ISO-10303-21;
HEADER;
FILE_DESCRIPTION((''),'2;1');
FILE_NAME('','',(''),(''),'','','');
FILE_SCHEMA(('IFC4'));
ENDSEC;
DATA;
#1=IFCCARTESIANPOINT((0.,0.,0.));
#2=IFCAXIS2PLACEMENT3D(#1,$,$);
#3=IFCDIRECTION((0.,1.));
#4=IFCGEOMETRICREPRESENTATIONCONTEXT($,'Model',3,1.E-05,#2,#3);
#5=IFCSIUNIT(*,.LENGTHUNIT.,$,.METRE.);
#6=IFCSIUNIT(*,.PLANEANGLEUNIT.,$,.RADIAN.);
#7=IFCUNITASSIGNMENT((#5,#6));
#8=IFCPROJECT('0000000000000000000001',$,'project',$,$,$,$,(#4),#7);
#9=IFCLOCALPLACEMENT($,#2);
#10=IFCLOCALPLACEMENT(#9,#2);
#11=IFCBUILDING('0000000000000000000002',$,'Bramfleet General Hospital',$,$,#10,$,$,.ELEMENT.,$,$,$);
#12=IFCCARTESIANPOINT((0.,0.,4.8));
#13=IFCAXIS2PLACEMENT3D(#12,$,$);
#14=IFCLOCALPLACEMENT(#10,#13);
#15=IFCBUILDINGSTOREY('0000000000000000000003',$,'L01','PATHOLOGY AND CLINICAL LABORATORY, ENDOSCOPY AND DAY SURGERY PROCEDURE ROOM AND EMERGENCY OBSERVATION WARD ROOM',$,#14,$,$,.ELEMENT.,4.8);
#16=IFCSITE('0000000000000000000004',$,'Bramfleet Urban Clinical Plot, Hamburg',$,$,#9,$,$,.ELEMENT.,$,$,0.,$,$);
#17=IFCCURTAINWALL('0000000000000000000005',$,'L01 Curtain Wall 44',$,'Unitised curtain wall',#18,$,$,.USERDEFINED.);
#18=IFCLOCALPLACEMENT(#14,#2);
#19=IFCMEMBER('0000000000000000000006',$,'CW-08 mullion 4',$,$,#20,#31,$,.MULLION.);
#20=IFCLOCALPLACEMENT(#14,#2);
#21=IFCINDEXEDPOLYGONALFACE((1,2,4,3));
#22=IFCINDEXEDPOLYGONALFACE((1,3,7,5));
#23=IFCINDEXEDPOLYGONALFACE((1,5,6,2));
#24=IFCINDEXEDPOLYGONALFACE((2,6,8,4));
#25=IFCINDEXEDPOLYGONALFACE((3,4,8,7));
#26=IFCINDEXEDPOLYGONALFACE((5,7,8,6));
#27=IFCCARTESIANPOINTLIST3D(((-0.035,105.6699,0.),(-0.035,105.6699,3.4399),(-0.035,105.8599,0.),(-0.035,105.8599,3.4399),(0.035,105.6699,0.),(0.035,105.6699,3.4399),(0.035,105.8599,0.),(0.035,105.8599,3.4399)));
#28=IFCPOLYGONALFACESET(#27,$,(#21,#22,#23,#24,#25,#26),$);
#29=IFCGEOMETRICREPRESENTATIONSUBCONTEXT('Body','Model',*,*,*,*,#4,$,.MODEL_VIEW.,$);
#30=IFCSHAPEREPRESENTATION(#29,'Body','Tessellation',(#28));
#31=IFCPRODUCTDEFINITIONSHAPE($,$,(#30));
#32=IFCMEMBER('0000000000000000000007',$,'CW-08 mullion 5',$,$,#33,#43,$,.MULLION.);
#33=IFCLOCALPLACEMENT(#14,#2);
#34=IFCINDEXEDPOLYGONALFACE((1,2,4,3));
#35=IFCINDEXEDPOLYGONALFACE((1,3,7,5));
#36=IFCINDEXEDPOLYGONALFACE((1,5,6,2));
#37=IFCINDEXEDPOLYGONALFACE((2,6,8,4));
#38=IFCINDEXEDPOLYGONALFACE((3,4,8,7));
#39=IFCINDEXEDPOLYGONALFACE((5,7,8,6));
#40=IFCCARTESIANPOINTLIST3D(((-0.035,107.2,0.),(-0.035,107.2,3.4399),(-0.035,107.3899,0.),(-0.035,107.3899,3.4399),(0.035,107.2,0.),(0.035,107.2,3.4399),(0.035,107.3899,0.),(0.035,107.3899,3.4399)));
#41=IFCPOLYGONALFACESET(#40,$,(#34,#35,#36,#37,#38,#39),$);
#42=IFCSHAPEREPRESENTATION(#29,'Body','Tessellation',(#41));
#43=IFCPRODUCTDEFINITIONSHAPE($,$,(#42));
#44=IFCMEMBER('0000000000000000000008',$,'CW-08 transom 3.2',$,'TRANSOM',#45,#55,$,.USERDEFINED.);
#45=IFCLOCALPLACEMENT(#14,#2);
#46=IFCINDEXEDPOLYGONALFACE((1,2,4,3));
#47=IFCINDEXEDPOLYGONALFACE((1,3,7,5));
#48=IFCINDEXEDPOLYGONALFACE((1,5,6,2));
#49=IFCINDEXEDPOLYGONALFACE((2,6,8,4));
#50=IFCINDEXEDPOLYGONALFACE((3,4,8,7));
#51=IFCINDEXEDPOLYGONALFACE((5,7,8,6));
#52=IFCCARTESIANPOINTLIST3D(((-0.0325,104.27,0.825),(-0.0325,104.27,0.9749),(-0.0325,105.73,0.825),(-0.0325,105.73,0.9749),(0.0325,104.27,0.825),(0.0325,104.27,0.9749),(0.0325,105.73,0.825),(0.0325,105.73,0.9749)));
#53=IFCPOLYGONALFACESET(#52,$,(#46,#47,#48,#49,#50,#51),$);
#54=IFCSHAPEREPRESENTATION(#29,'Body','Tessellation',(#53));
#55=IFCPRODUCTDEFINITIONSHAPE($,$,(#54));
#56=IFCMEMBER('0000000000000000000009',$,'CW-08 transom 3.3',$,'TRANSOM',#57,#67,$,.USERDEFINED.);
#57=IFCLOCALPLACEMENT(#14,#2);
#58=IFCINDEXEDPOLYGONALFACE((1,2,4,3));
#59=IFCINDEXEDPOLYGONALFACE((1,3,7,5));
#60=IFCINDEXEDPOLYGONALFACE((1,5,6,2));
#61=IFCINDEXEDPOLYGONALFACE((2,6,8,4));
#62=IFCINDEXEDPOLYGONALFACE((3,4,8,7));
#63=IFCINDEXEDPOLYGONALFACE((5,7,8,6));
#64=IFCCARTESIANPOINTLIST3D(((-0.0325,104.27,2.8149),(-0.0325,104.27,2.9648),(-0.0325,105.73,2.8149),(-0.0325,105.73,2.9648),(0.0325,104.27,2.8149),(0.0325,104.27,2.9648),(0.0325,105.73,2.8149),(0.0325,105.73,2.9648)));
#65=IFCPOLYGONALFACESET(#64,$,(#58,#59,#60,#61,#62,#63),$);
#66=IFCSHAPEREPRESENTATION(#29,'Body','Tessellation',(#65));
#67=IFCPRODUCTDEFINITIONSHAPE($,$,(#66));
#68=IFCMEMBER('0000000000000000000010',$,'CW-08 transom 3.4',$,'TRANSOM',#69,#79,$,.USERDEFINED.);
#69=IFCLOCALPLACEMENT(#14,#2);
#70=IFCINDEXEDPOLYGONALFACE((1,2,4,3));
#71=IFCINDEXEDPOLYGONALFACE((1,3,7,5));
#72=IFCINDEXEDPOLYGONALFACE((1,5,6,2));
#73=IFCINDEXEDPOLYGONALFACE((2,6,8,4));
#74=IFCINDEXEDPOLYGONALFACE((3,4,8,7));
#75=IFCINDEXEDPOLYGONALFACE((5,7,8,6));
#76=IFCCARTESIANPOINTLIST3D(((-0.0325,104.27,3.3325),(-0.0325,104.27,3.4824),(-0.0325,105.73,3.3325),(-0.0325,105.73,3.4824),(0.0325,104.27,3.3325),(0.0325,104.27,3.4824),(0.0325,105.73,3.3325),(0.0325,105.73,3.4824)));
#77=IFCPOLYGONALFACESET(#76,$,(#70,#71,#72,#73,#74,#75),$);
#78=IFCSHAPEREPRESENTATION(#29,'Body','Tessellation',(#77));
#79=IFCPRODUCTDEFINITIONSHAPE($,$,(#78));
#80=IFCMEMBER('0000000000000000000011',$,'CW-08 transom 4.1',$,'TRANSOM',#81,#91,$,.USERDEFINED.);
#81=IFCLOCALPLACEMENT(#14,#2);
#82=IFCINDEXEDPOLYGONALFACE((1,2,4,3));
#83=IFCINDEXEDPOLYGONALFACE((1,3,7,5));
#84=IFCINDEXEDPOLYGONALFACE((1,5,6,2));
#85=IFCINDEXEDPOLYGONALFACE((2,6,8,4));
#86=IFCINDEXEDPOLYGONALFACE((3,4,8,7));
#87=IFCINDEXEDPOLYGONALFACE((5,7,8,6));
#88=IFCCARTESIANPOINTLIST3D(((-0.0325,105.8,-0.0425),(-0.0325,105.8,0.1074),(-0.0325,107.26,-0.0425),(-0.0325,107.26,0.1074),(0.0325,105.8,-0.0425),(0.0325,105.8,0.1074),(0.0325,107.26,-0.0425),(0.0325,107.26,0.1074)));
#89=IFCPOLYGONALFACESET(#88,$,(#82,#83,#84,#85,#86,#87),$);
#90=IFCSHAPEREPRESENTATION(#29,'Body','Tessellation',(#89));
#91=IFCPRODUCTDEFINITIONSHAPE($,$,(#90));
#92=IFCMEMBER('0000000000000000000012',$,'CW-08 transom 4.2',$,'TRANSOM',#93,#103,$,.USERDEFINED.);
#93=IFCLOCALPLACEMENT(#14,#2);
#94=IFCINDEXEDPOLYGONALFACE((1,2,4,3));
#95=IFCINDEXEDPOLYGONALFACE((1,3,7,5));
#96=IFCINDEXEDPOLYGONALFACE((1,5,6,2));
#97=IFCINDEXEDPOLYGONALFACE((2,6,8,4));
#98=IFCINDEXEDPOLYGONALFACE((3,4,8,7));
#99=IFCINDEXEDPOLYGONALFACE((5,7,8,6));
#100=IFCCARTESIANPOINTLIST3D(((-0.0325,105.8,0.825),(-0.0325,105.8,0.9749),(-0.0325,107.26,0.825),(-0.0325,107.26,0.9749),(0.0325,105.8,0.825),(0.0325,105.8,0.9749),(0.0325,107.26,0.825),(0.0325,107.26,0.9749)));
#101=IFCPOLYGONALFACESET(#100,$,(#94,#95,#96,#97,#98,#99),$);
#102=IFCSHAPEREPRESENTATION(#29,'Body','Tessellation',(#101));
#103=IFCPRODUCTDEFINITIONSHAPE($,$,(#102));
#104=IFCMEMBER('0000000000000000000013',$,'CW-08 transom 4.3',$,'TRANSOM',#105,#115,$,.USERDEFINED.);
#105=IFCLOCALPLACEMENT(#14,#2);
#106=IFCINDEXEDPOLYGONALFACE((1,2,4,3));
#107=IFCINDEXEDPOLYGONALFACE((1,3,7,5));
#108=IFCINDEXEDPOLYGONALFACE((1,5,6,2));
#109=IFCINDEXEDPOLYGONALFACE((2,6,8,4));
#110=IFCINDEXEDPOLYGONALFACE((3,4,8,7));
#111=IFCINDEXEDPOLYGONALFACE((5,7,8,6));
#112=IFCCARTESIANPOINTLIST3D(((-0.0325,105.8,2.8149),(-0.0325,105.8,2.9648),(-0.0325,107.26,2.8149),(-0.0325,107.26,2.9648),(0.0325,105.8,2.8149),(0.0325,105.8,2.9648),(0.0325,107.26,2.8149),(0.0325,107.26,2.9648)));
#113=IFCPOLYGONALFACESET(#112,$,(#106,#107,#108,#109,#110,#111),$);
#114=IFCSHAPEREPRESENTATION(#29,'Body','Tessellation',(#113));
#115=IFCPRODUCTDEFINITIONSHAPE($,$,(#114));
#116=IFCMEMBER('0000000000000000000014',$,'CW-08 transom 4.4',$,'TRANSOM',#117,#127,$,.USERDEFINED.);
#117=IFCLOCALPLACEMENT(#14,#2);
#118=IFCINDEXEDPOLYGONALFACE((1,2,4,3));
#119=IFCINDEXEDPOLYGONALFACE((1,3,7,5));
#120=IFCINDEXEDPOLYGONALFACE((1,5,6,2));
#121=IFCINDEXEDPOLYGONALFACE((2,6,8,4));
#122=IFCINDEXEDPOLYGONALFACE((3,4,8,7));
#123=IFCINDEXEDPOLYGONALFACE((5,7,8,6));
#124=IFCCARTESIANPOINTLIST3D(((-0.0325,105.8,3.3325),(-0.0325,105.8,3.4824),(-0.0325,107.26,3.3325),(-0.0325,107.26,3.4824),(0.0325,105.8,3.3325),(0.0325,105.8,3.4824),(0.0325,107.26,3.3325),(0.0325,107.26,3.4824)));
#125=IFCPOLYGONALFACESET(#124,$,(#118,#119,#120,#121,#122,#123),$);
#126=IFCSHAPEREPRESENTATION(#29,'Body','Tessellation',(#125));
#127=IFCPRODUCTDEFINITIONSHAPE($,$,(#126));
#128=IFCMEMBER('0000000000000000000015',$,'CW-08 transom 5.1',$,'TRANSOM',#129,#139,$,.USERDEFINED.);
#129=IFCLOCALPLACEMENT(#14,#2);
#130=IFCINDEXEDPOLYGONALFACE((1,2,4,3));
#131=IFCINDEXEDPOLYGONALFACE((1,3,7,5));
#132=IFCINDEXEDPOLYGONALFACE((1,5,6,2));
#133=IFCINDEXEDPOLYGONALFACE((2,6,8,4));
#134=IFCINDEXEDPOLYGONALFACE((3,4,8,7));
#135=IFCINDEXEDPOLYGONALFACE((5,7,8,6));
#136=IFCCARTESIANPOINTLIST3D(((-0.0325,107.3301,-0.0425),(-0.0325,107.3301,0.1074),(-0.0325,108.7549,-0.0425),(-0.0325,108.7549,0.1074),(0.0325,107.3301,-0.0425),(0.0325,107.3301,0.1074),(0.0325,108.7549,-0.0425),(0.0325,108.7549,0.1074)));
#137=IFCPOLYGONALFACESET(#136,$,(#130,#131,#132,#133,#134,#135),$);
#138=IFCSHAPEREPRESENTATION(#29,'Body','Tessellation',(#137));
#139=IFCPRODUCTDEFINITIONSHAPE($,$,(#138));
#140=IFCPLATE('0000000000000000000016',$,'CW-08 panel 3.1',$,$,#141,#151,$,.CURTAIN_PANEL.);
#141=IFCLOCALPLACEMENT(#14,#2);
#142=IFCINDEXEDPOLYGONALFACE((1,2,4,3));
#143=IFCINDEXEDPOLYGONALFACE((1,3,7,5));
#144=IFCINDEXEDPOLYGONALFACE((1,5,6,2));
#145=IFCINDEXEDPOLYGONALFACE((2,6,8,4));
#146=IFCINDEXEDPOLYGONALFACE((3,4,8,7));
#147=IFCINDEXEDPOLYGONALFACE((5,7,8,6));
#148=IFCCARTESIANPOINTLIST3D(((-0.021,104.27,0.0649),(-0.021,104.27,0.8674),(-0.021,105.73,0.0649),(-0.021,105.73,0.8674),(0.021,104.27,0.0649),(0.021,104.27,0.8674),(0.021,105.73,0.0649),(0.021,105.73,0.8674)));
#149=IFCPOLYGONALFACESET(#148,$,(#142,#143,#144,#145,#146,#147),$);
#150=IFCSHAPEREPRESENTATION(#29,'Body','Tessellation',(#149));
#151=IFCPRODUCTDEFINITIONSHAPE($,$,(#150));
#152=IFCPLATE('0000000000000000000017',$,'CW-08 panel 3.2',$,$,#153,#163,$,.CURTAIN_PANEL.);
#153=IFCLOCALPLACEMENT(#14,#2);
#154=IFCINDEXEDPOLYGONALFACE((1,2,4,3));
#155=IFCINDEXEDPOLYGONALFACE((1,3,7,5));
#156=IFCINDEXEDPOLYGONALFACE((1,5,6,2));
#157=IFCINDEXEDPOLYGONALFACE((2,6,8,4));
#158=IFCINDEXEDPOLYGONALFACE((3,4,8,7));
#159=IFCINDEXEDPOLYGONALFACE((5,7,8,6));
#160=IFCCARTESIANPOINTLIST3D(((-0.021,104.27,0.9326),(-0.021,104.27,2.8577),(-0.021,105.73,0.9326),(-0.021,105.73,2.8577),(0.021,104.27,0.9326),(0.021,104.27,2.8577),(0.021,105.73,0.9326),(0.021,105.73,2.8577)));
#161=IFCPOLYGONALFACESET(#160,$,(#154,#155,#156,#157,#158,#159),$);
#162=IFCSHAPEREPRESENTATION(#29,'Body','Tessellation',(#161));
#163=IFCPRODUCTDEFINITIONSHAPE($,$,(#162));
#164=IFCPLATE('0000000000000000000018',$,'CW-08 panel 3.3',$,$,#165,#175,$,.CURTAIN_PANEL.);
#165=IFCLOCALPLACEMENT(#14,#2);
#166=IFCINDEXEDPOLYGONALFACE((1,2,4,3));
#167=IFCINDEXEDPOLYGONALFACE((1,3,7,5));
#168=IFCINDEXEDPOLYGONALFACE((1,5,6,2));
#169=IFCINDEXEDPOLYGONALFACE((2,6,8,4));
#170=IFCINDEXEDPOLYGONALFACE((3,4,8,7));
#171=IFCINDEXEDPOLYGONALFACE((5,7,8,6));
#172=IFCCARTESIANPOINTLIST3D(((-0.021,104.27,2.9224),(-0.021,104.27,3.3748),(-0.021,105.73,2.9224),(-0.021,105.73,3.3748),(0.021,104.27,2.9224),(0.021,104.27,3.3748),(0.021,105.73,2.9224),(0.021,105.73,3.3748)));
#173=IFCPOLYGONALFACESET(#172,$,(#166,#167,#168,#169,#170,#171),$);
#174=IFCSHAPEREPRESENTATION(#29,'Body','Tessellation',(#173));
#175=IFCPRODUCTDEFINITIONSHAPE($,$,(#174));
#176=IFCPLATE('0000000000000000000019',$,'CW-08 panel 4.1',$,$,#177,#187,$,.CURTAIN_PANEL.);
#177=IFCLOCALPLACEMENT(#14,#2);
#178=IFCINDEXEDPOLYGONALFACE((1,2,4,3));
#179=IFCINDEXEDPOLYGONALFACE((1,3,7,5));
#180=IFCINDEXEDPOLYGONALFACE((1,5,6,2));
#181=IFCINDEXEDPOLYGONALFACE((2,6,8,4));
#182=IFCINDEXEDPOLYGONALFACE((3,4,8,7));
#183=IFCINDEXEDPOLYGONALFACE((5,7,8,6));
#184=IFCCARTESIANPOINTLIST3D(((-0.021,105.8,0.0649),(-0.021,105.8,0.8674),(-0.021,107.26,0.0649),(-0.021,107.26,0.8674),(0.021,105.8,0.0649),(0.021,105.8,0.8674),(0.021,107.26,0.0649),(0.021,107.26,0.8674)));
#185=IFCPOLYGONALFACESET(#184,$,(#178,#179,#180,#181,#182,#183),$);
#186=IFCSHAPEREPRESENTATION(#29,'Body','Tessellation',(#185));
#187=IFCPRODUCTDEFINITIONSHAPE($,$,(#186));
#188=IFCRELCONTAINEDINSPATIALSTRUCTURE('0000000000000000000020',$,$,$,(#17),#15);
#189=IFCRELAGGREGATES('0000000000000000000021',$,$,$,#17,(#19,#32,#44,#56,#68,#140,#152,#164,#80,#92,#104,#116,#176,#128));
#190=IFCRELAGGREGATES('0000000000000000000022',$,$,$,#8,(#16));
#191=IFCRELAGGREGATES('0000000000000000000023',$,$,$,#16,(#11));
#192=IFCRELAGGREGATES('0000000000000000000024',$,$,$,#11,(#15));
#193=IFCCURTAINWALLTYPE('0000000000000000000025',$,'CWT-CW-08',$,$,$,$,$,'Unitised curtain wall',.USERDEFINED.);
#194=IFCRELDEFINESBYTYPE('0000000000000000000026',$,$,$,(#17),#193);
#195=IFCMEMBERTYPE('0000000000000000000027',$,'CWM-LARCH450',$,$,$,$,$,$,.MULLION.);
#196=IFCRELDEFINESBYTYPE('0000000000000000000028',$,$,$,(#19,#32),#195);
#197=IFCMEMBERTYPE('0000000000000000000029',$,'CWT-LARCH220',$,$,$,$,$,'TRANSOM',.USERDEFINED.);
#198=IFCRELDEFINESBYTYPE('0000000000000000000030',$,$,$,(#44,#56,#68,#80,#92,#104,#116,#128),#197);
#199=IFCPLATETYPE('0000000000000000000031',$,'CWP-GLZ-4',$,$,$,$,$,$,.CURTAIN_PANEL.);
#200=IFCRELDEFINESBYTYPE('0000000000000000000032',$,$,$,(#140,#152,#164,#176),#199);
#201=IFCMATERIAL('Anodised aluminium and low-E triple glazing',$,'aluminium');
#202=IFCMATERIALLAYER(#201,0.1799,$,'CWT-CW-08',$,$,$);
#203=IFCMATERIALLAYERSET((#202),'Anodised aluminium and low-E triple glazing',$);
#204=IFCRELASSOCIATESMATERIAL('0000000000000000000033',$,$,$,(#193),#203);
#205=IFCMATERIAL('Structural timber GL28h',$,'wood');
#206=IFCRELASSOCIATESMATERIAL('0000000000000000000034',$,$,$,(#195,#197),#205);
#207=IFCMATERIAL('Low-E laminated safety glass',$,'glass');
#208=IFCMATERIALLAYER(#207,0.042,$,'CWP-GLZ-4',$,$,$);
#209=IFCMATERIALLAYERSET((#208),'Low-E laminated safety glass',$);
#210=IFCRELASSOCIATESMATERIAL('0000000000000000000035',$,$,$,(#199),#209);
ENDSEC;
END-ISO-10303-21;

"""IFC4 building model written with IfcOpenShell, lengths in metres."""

from ifc_helpers import new_model, si_unit, direction, frame, origin, origin_2d, place, context, subcontext, project, spatial, rectangle, extrude, material, layer, layer_set, material_profile, profile_set, type_object, element, aggregate, save


model = new_model("IFC4")

# Units and contexts
model_context = context("Model", 3, precision=1e-05, world=origin(), true_north=direction((0.0, 1.0)))
body_context = subcontext(model_context, "Body", "Model", "MODEL_VIEW")
ifc_project = project(units=[si_unit("LENGTHUNIT", "METRE"), si_unit("PLANEANGLEUNIT", "RADIAN")], contexts=[model_context])

# Site, building, storey
site_placement = place(None, origin())
site = spatial("IfcSite", under=ifc_project, at=site_placement, Name="Bramfleet Urban Clinical Plot, Hamburg", CompositionType="ELEMENT", RefElevation=0.0)
building_placement = place(site_placement, origin())
building = spatial("IfcBuilding", under=site, at=building_placement, Name="Bramfleet General Hospital", CompositionType="ELEMENT")
storey_placement = place(building_placement, frame((0.0, 0.0, 4.8)))
storey = spatial("IfcBuildingStorey", under=building, at=storey_placement, Name="L01", Description="PATHOLOGY AND CLINICAL LABORATORY, ENDOSCOPY AND DAY SURGERY PROCEDURE ROOM AND EMERGENCY OBSERVATION WARD ROOM", CompositionType="ELEMENT", Elevation=4.8)

# Curtain wall, members, plates
ifc_material_1 = material(Name="Anodised aluminium and low-E triple glazing", Category="aluminium")
ifc_layer_1 = layer(ifc_material_1, 0.1799, Name="CWT-CW-08")
ifc_layer_set_1 = layer_set([ifc_layer_1], Name="Anodised aluminium and low-E triple glazing")
curtain_wall_type = type_object("IfcCurtainWallType", Name="CWT-CW-08", ElementType="Unitised curtain wall", PredefinedType="USERDEFINED", material=ifc_layer_set_1)
curtain_wall_placement = place(storey_placement, origin())
curtain_wall = element("IfcCurtainWall", 1, at=curtain_wall_placement, inside=storey, type_object=curtain_wall_type, Name="L01 Curtain Wall 44", ObjectType="Unitised curtain wall", PredefinedType="USERDEFINED")
ifc_material_2 = material(Name="Structural timber GL28h", Category="wood")
ifc_material_profile_1 = material_profile(ifc_material_2, rectangle(XDim=0.0701, YDim=0.1899, at=origin_2d()), Name="LARCH 190x70")
ifc_profile_set_1 = profile_set([ifc_material_profile_1], Name="Structural timber GL28h")
member_type_1 = type_object("IfcMemberType", Name="CWM-LARCH450", PredefinedType="MULLION", material=ifc_profile_set_1)
member_1_placement = place(storey_placement, frame((0.0, 105.7649, 0.0), z_axis=(0.0, 0.0, 1.0), x_axis=(-1.0, 0.0, 0.0)))
member_1 = element("IfcMember", 2, at=member_1_placement, type_object=member_type_1, Name="CW-08 mullion 4", PredefinedType="MULLION", context=body_context, shape_type="SweptSolid", body=[
    extrude(rectangle(XDim=0.0701, YDim=0.1899, at=origin_2d()), origin(), (0.0, 0.0, 1.0), 3.4399),
])
member_2_placement = place(storey_placement, frame((0.0, 107.2949, 0.0), z_axis=(0.0, 0.0, 1.0), x_axis=(-1.0, 0.0, 0.0)))
member_2 = element("IfcMember", 3, at=member_2_placement, type_object=member_type_1, Name="CW-08 mullion 5", PredefinedType="MULLION", context=body_context, shape_type="SweptSolid", body=[
    extrude(rectangle(XDim=0.0701, YDim=0.1899, at=origin_2d()), origin(), (0.0, 0.0, 1.0), 3.4399),
])
ifc_material_profile_2 = material_profile(ifc_material_2, rectangle(XDim=0.0649, YDim=0.1499, at=origin_2d()), Name="LARCH 150x65")
ifc_profile_set_2 = profile_set([ifc_material_profile_2], Name="Structural timber GL28h")
member_type_2 = type_object("IfcMemberType", Name="CWT-LARCH220", ElementType="TRANSOM", PredefinedType="USERDEFINED", material=ifc_profile_set_2)
member_3_placement = place(storey_placement, frame((0.0, 104.27, 0.8999), z_axis=(0.0, 1.0, 0.0), x_axis=(-1.0, 0.0, 0.0)))
member_3 = element("IfcMember", 4, at=member_3_placement, type_object=member_type_2, Name="CW-08 transom 3.2", ObjectType="TRANSOM", PredefinedType="USERDEFINED", context=body_context, shape_type="SweptSolid", body=[
    extrude(rectangle(XDim=0.0649, YDim=0.1499, at=origin_2d()), origin(), (0.0, 0.0, 1.0), 1.46),
])
member_4_placement = place(storey_placement, frame((0.0, 104.27, 2.8899), z_axis=(0.0, 1.0, 0.0), x_axis=(-1.0, 0.0, 0.0)))
member_4 = element("IfcMember", 5, at=member_4_placement, type_object=member_type_2, Name="CW-08 transom 3.3", ObjectType="TRANSOM", PredefinedType="USERDEFINED", context=body_context, shape_type="SweptSolid", body=[
    extrude(rectangle(XDim=0.0649, YDim=0.1499, at=origin_2d()), origin(), (0.0, 0.0, 1.0), 1.46),
])
member_5_placement = place(storey_placement, frame((0.0, 104.27, 3.4075), z_axis=(0.0, 1.0, 0.0), x_axis=(-1.0, 0.0, 0.0)))
member_5 = element("IfcMember", 6, at=member_5_placement, type_object=member_type_2, Name="CW-08 transom 3.4", ObjectType="TRANSOM", PredefinedType="USERDEFINED", context=body_context, shape_type="SweptSolid", body=[
    extrude(rectangle(XDim=0.0649, YDim=0.1499, at=origin_2d()), origin(), (0.0, 0.0, 1.0), 1.46),
])
member_6_placement = place(storey_placement, frame((0.0, 105.8, 0.0325), z_axis=(0.0, 1.0, 0.0), x_axis=(-1.0, 0.0, 0.0)))
member_6 = element("IfcMember", 7, at=member_6_placement, type_object=member_type_2, Name="CW-08 transom 4.1", ObjectType="TRANSOM", PredefinedType="USERDEFINED", context=body_context, shape_type="SweptSolid", body=[
    extrude(rectangle(XDim=0.0649, YDim=0.1499, at=origin_2d()), origin(), (0.0, 0.0, 1.0), 1.46),
])
member_7_placement = place(storey_placement, frame((0.0, 105.8, 0.8999), z_axis=(0.0, 1.0, 0.0), x_axis=(-1.0, 0.0, 0.0)))
member_7 = element("IfcMember", 8, at=member_7_placement, type_object=member_type_2, Name="CW-08 transom 4.2", ObjectType="TRANSOM", PredefinedType="USERDEFINED", context=body_context, shape_type="SweptSolid", body=[
    extrude(rectangle(XDim=0.0649, YDim=0.1499, at=origin_2d()), origin(), (0.0, 0.0, 1.0), 1.46),
])
member_8_placement = place(storey_placement, frame((0.0, 105.8, 2.8899), z_axis=(0.0, 1.0, 0.0), x_axis=(-1.0, 0.0, 0.0)))
member_8 = element("IfcMember", 9, at=member_8_placement, type_object=member_type_2, Name="CW-08 transom 4.3", ObjectType="TRANSOM", PredefinedType="USERDEFINED", context=body_context, shape_type="SweptSolid", body=[
    extrude(rectangle(XDim=0.0649, YDim=0.1499, at=origin_2d()), origin(), (0.0, 0.0, 1.0), 1.46),
])
member_9_placement = place(storey_placement, frame((0.0, 105.8, 3.4075), z_axis=(0.0, 1.0, 0.0), x_axis=(-1.0, 0.0, 0.0)))
member_9 = element("IfcMember", 10, at=member_9_placement, type_object=member_type_2, Name="CW-08 transom 4.4", ObjectType="TRANSOM", PredefinedType="USERDEFINED", context=body_context, shape_type="SweptSolid", body=[
    extrude(rectangle(XDim=0.0649, YDim=0.1499, at=origin_2d()), origin(), (0.0, 0.0, 1.0), 1.46),
])
member_10_placement = place(storey_placement, frame((0.0, 107.3301, 0.0325), z_axis=(0.0, 1.0, 0.0), x_axis=(-1.0, 0.0, 0.0)))
member_10 = element("IfcMember", 11, at=member_10_placement, type_object=member_type_2, Name="CW-08 transom 5.1", ObjectType="TRANSOM", PredefinedType="USERDEFINED", context=body_context, shape_type="SweptSolid", body=[
    extrude(rectangle(XDim=0.0649, YDim=0.1499, at=origin_2d()), origin(), (0.0, 0.0, 1.0), 1.4248),
])
ifc_material_3 = material(Name="Low-E laminated safety glass", Category="glass")
ifc_layer_2 = layer(ifc_material_3, 0.042, Name="CWP-GLZ-4")
ifc_layer_set_2 = layer_set([ifc_layer_2], Name="Low-E laminated safety glass")
plate_type = type_object("IfcPlateType", Name="CWP-GLZ-4", PredefinedType="CURTAIN_PANEL", material=ifc_layer_set_2)
plate_1_placement = place(storey_placement, frame((0.0, 105.0, 0.0649), z_axis=(0.0, 0.0, 1.0), x_axis=(0.0, 1.0, 0.0)))
plate_1 = element("IfcPlate", 12, at=plate_1_placement, type_object=plate_type, Name="CW-08 panel 3.1", PredefinedType="CURTAIN_PANEL", context=body_context, shape_type="SweptSolid", body=[
    extrude(rectangle(XDim=1.46, YDim=0.042, at=origin_2d()), origin(), (0.0, 0.0, 1.0), 0.8025),
])
plate_2_placement = place(storey_placement, frame((0.0, 105.0, 0.9326), z_axis=(0.0, 0.0, 1.0), x_axis=(0.0, 1.0, 0.0)))
plate_2 = element("IfcPlate", 13, at=plate_2_placement, type_object=plate_type, Name="CW-08 panel 3.2", PredefinedType="CURTAIN_PANEL", context=body_context, shape_type="SweptSolid", body=[
    extrude(rectangle(XDim=1.46, YDim=0.042, at=origin_2d()), origin(), (0.0, 0.0, 1.0), 1.925),
])
plate_3_placement = place(storey_placement, frame((0.0, 105.0, 2.9224), z_axis=(0.0, 0.0, 1.0), x_axis=(0.0, 1.0, 0.0)))
plate_3 = element("IfcPlate", 14, at=plate_3_placement, type_object=plate_type, Name="CW-08 panel 3.3", PredefinedType="CURTAIN_PANEL", context=body_context, shape_type="SweptSolid", body=[
    extrude(rectangle(XDim=1.46, YDim=0.042, at=origin_2d()), origin(), (0.0, 0.0, 1.0), 0.4524),
])
plate_4_placement = place(storey_placement, frame((0.0, 106.53, 0.0649), z_axis=(0.0, 0.0, 1.0), x_axis=(0.0, 1.0, 0.0)))
plate_4 = element("IfcPlate", 15, at=plate_4_placement, type_object=plate_type, Name="CW-08 panel 4.1", PredefinedType="CURTAIN_PANEL", context=body_context, shape_type="SweptSolid", body=[
    extrude(rectangle(XDim=1.46, YDim=0.042, at=origin_2d()), origin(), (0.0, 0.0, 1.0), 0.8025),
])
aggregate(curtain_wall, [member_1, member_2, member_3, member_4, member_5, plate_1, plate_2, plate_3, member_6, member_7, member_8, member_9, plate_4, member_10])

save(model, "model.ifc")
